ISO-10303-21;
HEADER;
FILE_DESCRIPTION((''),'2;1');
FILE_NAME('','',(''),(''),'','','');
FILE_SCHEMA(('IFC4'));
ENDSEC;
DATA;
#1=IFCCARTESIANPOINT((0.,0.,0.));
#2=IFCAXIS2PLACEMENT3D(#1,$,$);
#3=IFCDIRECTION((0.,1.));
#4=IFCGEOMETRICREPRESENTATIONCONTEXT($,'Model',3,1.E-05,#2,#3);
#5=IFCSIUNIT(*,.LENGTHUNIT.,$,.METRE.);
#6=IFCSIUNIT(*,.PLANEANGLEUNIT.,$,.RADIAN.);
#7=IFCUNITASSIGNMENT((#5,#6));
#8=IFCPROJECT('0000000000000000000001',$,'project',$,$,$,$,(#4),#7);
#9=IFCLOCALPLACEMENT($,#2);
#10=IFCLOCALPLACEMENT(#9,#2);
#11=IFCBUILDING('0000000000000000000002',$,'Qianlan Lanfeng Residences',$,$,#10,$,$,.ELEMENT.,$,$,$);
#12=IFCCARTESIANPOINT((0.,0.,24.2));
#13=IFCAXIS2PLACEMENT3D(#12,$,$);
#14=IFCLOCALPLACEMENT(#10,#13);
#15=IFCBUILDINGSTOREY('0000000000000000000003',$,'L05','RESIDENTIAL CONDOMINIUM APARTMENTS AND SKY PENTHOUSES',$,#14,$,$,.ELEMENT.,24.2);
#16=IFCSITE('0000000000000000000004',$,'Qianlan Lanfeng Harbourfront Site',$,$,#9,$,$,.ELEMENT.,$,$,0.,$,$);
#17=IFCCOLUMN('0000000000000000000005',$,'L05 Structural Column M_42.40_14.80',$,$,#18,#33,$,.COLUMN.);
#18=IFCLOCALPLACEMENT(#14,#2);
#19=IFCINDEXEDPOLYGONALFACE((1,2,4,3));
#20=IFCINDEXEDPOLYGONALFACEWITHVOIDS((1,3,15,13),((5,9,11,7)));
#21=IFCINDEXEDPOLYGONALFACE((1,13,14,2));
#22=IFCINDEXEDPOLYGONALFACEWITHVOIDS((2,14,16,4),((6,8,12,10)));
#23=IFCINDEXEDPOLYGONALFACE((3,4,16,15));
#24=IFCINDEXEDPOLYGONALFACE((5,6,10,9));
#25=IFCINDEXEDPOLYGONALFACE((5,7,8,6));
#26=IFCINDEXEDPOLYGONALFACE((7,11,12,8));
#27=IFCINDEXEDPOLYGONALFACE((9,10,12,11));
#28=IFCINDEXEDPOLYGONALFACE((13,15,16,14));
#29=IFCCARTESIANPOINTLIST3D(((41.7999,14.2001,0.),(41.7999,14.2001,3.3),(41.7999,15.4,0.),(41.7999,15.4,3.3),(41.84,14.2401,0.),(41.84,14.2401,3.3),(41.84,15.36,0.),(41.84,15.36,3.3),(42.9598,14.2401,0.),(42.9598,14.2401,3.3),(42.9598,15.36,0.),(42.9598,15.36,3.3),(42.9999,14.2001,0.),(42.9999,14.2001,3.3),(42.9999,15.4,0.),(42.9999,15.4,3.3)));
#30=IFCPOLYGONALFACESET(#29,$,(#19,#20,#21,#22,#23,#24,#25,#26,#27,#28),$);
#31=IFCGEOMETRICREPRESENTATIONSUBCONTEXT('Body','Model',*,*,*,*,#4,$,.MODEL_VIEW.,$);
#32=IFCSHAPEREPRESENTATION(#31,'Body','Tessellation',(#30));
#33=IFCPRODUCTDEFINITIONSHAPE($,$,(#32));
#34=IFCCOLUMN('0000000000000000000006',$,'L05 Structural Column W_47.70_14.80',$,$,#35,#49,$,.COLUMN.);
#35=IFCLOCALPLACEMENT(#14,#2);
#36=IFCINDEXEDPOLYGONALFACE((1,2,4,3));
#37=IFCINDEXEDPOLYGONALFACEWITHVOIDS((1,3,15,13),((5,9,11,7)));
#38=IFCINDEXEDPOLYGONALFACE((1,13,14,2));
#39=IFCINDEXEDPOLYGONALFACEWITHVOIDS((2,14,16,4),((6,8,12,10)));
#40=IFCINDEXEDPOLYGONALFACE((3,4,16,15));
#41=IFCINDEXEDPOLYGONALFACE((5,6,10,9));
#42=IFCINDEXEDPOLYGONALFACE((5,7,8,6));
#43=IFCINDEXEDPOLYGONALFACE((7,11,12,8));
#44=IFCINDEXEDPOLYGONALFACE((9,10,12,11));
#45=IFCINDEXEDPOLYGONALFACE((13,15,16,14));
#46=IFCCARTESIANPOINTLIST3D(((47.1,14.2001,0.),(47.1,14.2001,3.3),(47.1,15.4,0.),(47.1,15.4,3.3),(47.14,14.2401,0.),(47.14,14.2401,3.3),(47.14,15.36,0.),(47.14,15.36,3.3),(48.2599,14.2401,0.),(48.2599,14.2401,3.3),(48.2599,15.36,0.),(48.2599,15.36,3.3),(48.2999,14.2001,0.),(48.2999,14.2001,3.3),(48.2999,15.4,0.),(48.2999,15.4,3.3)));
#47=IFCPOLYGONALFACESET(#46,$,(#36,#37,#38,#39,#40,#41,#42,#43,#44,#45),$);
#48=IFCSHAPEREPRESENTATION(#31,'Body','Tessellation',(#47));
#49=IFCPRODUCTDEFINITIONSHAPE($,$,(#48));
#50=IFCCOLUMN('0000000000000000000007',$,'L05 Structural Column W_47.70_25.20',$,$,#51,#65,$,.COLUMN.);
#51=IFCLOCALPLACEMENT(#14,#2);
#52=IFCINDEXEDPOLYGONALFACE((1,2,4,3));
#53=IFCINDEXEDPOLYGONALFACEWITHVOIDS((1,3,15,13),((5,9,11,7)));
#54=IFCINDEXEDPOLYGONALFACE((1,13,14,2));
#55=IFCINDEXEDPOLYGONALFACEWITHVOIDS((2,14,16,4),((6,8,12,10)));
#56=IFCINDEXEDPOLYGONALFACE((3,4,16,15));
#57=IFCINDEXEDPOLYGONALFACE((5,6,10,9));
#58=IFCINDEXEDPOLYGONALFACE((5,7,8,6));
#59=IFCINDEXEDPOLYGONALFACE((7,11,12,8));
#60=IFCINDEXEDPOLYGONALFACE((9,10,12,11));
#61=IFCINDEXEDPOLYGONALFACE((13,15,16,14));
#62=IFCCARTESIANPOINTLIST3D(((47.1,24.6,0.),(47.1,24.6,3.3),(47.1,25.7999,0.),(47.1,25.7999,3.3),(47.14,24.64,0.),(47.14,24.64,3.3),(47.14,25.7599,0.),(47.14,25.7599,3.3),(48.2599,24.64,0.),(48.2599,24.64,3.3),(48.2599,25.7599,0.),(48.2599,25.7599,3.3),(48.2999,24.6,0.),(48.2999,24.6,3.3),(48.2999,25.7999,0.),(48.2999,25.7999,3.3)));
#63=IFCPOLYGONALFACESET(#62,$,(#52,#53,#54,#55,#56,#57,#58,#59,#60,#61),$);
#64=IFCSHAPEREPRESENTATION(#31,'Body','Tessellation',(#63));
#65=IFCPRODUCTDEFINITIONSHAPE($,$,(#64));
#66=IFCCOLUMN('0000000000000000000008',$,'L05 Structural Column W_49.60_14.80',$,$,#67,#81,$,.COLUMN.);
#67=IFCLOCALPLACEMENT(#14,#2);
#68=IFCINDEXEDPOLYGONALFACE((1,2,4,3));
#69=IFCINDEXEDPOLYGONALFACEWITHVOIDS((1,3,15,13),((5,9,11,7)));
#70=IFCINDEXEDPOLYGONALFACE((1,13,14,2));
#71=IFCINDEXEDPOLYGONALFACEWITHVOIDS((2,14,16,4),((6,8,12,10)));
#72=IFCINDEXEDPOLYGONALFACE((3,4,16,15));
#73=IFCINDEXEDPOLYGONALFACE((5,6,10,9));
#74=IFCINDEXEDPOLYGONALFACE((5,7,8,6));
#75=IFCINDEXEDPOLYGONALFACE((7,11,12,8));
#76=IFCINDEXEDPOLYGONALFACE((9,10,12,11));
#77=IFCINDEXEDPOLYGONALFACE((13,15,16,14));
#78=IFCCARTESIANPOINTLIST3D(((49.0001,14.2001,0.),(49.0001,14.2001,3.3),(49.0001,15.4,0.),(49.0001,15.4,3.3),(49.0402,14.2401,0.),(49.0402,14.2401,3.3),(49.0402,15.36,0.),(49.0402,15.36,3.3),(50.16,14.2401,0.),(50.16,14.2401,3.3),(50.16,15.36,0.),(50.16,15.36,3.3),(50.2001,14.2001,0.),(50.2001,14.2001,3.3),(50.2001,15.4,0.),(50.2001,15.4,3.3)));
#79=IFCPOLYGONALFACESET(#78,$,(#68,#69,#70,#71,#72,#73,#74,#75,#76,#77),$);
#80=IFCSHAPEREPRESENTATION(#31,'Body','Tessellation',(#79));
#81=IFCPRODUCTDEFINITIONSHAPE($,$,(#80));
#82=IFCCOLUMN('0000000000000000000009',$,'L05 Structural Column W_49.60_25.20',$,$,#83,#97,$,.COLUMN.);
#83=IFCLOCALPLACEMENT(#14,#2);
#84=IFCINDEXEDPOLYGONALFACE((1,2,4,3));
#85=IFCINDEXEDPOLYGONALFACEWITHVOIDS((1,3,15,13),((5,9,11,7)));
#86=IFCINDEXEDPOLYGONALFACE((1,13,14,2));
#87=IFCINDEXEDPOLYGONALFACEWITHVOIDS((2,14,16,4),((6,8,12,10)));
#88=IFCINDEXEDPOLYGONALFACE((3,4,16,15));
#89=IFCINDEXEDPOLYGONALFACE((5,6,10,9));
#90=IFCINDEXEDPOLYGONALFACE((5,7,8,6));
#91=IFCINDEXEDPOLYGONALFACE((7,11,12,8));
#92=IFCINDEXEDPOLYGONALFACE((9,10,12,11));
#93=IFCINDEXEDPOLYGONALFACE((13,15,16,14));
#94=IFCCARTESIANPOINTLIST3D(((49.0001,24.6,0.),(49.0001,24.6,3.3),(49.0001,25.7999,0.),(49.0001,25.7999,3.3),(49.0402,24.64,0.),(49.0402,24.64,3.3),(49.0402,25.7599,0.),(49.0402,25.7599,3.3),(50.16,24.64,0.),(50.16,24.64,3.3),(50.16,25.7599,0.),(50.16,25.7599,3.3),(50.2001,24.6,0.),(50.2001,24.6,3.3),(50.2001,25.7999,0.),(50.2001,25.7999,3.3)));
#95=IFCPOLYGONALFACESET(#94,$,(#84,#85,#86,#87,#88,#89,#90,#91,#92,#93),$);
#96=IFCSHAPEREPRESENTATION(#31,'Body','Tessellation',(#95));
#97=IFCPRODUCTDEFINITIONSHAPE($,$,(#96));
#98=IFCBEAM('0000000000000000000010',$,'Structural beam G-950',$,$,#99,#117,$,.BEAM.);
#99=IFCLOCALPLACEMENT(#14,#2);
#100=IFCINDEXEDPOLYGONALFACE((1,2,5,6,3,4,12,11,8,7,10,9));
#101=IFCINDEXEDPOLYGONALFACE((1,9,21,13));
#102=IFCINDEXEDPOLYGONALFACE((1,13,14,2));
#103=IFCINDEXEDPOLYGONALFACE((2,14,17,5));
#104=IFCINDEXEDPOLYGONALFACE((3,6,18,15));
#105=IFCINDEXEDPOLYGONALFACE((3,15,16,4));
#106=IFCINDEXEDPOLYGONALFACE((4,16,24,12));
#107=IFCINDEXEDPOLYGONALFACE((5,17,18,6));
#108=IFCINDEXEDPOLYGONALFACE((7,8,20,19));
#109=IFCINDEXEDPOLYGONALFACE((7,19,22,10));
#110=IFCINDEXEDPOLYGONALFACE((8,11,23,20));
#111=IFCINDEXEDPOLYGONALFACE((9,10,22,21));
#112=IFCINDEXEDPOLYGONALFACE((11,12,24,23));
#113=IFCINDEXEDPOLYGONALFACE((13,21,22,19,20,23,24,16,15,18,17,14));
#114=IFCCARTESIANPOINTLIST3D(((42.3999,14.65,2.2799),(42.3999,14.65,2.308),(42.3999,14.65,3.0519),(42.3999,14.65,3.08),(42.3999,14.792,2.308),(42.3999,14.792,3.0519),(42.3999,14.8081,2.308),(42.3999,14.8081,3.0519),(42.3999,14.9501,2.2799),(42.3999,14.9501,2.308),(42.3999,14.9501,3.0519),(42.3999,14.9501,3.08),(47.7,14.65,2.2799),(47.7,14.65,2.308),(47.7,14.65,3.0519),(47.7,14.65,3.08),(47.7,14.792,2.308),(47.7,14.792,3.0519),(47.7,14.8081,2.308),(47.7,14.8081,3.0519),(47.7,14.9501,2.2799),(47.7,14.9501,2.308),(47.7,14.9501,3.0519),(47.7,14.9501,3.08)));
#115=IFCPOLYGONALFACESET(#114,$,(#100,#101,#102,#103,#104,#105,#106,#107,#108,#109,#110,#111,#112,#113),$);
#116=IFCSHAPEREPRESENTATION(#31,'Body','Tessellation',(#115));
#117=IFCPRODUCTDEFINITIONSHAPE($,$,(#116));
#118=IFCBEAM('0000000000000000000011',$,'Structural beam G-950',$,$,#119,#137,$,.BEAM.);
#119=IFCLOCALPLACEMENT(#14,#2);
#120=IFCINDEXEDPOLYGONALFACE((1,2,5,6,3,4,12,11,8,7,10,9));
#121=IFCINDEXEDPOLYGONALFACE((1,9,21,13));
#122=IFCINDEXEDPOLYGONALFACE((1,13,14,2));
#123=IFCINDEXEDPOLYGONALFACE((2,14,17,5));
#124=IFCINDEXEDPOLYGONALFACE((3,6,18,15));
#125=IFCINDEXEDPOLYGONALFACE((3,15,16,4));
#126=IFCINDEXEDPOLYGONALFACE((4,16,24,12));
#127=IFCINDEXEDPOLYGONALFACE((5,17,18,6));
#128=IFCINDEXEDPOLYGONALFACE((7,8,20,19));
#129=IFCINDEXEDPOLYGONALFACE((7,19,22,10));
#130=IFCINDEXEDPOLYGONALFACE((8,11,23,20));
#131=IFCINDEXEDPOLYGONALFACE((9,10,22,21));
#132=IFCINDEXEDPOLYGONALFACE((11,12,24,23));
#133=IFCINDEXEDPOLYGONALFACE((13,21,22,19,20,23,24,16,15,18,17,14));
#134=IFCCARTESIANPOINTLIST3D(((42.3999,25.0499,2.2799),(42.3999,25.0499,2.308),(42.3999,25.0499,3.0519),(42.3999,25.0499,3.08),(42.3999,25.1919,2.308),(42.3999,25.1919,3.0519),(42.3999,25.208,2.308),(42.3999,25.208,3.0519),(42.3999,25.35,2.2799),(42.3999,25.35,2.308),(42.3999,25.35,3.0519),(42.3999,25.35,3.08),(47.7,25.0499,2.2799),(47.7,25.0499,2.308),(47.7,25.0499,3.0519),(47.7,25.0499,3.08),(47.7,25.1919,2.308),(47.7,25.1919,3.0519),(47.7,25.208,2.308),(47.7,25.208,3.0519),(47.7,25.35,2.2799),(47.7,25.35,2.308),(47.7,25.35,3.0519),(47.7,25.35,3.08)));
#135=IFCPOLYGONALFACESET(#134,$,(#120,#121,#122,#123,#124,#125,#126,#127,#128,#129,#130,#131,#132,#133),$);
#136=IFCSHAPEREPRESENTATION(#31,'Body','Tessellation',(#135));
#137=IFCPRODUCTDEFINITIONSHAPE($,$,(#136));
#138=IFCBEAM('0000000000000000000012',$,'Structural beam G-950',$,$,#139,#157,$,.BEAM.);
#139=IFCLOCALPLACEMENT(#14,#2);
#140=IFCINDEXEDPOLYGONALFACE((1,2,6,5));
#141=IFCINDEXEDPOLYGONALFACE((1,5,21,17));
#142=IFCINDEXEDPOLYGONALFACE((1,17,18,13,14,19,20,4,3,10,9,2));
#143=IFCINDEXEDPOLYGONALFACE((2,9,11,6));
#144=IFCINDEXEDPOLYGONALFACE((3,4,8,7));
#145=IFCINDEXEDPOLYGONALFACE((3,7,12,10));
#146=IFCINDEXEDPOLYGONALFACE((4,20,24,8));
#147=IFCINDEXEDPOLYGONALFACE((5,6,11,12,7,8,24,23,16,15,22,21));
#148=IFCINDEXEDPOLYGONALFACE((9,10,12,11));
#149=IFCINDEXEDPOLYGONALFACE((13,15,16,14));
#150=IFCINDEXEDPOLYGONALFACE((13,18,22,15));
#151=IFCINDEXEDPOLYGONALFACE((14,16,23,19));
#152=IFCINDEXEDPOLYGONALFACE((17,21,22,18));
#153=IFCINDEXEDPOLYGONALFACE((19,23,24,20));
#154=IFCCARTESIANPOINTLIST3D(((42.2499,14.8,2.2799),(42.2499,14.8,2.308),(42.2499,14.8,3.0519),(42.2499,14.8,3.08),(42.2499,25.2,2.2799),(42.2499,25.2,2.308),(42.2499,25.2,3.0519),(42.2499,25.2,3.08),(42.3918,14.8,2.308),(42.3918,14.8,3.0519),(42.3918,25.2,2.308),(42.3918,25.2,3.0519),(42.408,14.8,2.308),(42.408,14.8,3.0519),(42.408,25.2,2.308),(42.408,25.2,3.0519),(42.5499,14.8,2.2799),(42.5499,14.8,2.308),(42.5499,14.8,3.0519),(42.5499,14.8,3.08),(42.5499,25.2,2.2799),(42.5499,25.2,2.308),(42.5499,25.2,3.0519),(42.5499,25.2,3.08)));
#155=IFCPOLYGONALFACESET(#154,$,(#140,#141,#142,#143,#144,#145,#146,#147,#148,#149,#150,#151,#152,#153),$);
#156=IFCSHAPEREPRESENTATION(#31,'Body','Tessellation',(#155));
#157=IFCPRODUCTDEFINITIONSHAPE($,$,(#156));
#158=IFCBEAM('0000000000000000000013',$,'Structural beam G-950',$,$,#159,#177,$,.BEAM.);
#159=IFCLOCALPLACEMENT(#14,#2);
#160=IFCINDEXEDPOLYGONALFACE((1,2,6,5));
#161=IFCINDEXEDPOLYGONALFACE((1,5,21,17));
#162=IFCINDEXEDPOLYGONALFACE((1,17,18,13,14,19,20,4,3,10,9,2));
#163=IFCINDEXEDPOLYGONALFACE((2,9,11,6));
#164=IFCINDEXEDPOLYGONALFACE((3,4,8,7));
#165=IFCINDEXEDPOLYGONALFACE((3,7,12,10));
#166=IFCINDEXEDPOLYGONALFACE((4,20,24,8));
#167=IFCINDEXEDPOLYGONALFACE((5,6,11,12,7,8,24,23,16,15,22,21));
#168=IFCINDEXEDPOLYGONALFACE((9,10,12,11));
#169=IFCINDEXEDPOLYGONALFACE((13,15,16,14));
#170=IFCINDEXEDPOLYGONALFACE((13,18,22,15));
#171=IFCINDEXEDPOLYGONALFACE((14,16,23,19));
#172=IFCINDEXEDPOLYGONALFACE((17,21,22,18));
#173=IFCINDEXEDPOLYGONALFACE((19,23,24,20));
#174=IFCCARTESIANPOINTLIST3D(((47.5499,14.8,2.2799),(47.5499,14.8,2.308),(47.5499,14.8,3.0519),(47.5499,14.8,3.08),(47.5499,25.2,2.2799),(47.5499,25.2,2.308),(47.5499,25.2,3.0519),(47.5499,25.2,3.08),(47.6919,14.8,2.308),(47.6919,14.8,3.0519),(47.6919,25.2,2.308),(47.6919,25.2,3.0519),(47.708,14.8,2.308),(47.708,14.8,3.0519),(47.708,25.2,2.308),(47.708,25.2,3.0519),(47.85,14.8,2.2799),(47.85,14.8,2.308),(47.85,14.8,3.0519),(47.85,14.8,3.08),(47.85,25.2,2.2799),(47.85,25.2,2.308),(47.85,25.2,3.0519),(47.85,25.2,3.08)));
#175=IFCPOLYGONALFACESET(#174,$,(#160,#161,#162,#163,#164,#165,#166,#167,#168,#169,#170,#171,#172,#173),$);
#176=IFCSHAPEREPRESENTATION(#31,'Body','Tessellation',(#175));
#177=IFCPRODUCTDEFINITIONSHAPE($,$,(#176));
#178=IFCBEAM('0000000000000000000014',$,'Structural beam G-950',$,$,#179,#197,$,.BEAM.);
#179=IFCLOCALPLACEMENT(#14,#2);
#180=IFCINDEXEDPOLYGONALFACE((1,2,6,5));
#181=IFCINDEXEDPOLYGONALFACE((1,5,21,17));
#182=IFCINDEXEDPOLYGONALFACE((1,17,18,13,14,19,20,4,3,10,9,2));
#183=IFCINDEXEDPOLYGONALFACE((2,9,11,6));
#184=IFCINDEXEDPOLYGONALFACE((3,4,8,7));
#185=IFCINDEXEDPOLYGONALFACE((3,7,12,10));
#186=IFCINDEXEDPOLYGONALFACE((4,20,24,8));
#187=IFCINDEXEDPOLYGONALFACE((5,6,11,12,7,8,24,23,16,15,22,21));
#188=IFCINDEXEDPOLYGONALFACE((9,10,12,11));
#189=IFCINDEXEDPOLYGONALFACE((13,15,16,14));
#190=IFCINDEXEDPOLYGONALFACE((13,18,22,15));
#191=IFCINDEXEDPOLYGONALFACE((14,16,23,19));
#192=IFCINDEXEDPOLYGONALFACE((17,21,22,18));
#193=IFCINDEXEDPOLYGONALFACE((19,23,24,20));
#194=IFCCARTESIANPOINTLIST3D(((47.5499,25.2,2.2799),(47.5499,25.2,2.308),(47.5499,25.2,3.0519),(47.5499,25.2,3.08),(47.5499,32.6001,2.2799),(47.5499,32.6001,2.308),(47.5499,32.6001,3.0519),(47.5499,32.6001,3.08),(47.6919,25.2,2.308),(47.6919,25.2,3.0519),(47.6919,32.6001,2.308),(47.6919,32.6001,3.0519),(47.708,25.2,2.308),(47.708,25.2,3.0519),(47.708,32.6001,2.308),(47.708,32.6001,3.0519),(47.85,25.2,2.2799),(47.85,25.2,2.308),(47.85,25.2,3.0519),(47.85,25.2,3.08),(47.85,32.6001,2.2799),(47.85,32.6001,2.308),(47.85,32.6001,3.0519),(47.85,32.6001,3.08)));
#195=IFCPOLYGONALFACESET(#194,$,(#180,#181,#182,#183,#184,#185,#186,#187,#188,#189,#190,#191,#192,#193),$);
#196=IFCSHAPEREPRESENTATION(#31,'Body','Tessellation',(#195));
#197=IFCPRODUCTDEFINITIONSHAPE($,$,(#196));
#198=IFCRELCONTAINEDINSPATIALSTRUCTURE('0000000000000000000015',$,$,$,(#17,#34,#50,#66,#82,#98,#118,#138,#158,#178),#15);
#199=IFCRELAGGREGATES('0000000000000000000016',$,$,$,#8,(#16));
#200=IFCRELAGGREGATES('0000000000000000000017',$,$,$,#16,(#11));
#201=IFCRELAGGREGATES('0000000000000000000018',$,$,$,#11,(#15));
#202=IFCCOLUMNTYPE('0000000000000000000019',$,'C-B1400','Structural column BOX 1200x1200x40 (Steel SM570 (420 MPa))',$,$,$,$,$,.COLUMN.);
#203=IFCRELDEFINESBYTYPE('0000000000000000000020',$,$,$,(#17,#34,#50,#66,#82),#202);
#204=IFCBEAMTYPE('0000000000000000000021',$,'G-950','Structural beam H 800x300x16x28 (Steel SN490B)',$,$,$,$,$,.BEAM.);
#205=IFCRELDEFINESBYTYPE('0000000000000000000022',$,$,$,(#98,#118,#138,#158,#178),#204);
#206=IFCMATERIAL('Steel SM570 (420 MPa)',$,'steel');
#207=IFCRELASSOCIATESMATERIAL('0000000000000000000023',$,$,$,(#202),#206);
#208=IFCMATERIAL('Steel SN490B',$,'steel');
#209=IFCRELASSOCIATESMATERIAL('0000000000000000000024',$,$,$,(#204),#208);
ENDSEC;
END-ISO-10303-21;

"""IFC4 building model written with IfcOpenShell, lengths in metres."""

from ifc_helpers import new_model, si_unit, direction, frame, origin, origin_2d, place, context, subcontext, project, spatial, hollow_rectangle, i_section, extrude, material, material_profile, profile_set, type_object, element, save


model = new_model("IFC4")

# Units and contexts
model_context = context("Model", 3, precision=1e-05, world=origin(), true_north=direction((0.0, 1.0)))
body_context = subcontext(model_context, "Body", "Model", "MODEL_VIEW")
ifc_project = project(units=[si_unit("LENGTHUNIT", "METRE"), si_unit("PLANEANGLEUNIT", "RADIAN")], contexts=[model_context])

# Site, building, storey
site_placement = place(None, origin())
site = spatial("IfcSite", under=ifc_project, at=site_placement, Name="Qianlan Lanfeng Harbourfront Site", CompositionType="ELEMENT", RefElevation=0.0)
building_placement = place(site_placement, origin())
building = spatial("IfcBuilding", under=site, at=building_placement, Name="Qianlan Lanfeng Residences", CompositionType="ELEMENT")
storey_placement = place(building_placement, frame((0.0, 0.0, 24.2)))
storey = spatial("IfcBuildingStorey", under=building, at=storey_placement, Name="L05", Description="RESIDENTIAL CONDOMINIUM APARTMENTS AND SKY PENTHOUSES", CompositionType="ELEMENT", Elevation=24.2)

# Columns
ifc_material_1 = material(Name="Steel SM570 (420 MPa)", Category="steel")
ifc_material_profile_1 = material_profile(ifc_material_1, hollow_rectangle(XDim=1.2, YDim=1.2, WallThickness=0.04, at=origin_2d()), Name="BOX 1200x1200x40")
ifc_profile_set_1 = profile_set([ifc_material_profile_1], Name="Steel SM570 (420 MPa)")
column_type = type_object("IfcColumnType", Name="C-B1400", Description="Structural column BOX 1200x1200x40 (Steel SM570 (420 MPa))", PredefinedType="COLUMN", material=ifc_profile_set_1)
for number, where, z_axis, x_axis, name in (
    (1, (42.3999, 14.8, 0.0), (0.0, 0.0, 1.0), (1.0, 0.0, 0.0), "L05 Structural Column M_42.40_14.80"),
    (2, (47.7, 14.8, 0.0), (0.0, 0.0, 1.0), (1.0, 0.0, 0.0), "L05 Structural Column W_47.70_14.80"),
    (3, (47.7, 25.2, 0.0), (0.0, 0.0, 1.0), (1.0, 0.0, 0.0), "L05 Structural Column W_47.70_25.20"),
    (4, (49.6001, 14.8, 0.0), (0.0, 0.0, 1.0), (1.0, 0.0, 0.0), "L05 Structural Column W_49.60_14.80"),
    (5, (49.6001, 25.2, 0.0), (0.0, 0.0, 1.0), (1.0, 0.0, 0.0), "L05 Structural Column W_49.60_25.20"),
):
    element("IfcColumn", number, at=place(storey_placement, frame(where, z_axis=z_axis, x_axis=x_axis)), inside=storey, type_object=column_type, Name=name, PredefinedType="COLUMN", context=body_context, shape_type="SweptSolid", body=[
        extrude(hollow_rectangle(XDim=1.2, YDim=1.2, WallThickness=0.04, at=origin_2d()), origin(), (0.0, 0.0, 1.0), 3.3),
    ])

# Beams
ifc_material_2 = material(Name="Steel SN490B", Category="steel")
ifc_material_profile_2 = material_profile(ifc_material_2, i_section(OverallWidth=0.3, OverallDepth=0.8, WebThickness=0.0161, FlangeThickness=0.0281, at=origin_2d()), Name="H 800x300x16x28")
ifc_profile_set_2 = profile_set([ifc_material_profile_2], Name="Steel SN490B")
beam_type_1 = type_object("IfcBeamType", Name="G-950", Description="Structural beam H 800x300x16x28 (Steel SN490B)", PredefinedType="BEAM", material=ifc_profile_set_2)
for number, where, z_axis, x_axis, name in (
    (6, (42.3999, 14.8, 2.6799), (1.0, 0.0, 0.0), (0.0, 1.0, 0.0), "Structural beam G-950"),
    (7, (42.3999, 25.2, 2.6799), (1.0, 0.0, 0.0), (0.0, 1.0, 0.0), "Structural beam G-950"),
):
    element("IfcBeam", number, at=place(storey_placement, frame(where, z_axis=z_axis, x_axis=x_axis)), inside=storey, type_object=beam_type_1, Name=name, PredefinedType="BEAM", context=body_context, shape_type="SweptSolid", body=[
        extrude(i_section(OverallWidth=0.3, OverallDepth=0.8, WebThickness=0.0161, FlangeThickness=0.0281, at=origin_2d()), origin(), (0.0, 0.0, 1.0), 5.3),
    ])
for number, where, z_axis, x_axis, name in (
    (8, (42.3999, 14.8, 2.6799), (0.0, 1.0, 0.0), (-1.0, 0.0, 0.0), "Structural beam G-950"),
    (9, (47.7, 14.8, 2.6799), (0.0, 1.0, 0.0), (-1.0, 0.0, 0.0), "Structural beam G-950"),
):
    element("IfcBeam", number, at=place(storey_placement, frame(where, z_axis=z_axis, x_axis=x_axis)), inside=storey, type_object=beam_type_1, Name=name, PredefinedType="BEAM", context=body_context, shape_type="SweptSolid", body=[
        extrude(i_section(OverallWidth=0.3, OverallDepth=0.8, WebThickness=0.0161, FlangeThickness=0.0281, at=origin_2d()), origin(), (0.0, 0.0, 1.0), 10.3999),
    ])
beam_1_placement = place(storey_placement, frame((47.7, 25.2, 2.6799), z_axis=(0.0, 1.0, 0.0), x_axis=(-1.0, 0.0, 0.0)))
element("IfcBeam", 10, at=beam_1_placement, inside=storey, type_object=beam_type_1, Name="Structural beam G-950", PredefinedType="BEAM", context=body_context, shape_type="SweptSolid", body=[
    extrude(i_section(OverallWidth=0.3, OverallDepth=0.8, WebThickness=0.0161, FlangeThickness=0.0281, at=origin_2d()), origin(), (0.0, 0.0, 1.0), 7.4001),
])

save(model, "model.ifc")
